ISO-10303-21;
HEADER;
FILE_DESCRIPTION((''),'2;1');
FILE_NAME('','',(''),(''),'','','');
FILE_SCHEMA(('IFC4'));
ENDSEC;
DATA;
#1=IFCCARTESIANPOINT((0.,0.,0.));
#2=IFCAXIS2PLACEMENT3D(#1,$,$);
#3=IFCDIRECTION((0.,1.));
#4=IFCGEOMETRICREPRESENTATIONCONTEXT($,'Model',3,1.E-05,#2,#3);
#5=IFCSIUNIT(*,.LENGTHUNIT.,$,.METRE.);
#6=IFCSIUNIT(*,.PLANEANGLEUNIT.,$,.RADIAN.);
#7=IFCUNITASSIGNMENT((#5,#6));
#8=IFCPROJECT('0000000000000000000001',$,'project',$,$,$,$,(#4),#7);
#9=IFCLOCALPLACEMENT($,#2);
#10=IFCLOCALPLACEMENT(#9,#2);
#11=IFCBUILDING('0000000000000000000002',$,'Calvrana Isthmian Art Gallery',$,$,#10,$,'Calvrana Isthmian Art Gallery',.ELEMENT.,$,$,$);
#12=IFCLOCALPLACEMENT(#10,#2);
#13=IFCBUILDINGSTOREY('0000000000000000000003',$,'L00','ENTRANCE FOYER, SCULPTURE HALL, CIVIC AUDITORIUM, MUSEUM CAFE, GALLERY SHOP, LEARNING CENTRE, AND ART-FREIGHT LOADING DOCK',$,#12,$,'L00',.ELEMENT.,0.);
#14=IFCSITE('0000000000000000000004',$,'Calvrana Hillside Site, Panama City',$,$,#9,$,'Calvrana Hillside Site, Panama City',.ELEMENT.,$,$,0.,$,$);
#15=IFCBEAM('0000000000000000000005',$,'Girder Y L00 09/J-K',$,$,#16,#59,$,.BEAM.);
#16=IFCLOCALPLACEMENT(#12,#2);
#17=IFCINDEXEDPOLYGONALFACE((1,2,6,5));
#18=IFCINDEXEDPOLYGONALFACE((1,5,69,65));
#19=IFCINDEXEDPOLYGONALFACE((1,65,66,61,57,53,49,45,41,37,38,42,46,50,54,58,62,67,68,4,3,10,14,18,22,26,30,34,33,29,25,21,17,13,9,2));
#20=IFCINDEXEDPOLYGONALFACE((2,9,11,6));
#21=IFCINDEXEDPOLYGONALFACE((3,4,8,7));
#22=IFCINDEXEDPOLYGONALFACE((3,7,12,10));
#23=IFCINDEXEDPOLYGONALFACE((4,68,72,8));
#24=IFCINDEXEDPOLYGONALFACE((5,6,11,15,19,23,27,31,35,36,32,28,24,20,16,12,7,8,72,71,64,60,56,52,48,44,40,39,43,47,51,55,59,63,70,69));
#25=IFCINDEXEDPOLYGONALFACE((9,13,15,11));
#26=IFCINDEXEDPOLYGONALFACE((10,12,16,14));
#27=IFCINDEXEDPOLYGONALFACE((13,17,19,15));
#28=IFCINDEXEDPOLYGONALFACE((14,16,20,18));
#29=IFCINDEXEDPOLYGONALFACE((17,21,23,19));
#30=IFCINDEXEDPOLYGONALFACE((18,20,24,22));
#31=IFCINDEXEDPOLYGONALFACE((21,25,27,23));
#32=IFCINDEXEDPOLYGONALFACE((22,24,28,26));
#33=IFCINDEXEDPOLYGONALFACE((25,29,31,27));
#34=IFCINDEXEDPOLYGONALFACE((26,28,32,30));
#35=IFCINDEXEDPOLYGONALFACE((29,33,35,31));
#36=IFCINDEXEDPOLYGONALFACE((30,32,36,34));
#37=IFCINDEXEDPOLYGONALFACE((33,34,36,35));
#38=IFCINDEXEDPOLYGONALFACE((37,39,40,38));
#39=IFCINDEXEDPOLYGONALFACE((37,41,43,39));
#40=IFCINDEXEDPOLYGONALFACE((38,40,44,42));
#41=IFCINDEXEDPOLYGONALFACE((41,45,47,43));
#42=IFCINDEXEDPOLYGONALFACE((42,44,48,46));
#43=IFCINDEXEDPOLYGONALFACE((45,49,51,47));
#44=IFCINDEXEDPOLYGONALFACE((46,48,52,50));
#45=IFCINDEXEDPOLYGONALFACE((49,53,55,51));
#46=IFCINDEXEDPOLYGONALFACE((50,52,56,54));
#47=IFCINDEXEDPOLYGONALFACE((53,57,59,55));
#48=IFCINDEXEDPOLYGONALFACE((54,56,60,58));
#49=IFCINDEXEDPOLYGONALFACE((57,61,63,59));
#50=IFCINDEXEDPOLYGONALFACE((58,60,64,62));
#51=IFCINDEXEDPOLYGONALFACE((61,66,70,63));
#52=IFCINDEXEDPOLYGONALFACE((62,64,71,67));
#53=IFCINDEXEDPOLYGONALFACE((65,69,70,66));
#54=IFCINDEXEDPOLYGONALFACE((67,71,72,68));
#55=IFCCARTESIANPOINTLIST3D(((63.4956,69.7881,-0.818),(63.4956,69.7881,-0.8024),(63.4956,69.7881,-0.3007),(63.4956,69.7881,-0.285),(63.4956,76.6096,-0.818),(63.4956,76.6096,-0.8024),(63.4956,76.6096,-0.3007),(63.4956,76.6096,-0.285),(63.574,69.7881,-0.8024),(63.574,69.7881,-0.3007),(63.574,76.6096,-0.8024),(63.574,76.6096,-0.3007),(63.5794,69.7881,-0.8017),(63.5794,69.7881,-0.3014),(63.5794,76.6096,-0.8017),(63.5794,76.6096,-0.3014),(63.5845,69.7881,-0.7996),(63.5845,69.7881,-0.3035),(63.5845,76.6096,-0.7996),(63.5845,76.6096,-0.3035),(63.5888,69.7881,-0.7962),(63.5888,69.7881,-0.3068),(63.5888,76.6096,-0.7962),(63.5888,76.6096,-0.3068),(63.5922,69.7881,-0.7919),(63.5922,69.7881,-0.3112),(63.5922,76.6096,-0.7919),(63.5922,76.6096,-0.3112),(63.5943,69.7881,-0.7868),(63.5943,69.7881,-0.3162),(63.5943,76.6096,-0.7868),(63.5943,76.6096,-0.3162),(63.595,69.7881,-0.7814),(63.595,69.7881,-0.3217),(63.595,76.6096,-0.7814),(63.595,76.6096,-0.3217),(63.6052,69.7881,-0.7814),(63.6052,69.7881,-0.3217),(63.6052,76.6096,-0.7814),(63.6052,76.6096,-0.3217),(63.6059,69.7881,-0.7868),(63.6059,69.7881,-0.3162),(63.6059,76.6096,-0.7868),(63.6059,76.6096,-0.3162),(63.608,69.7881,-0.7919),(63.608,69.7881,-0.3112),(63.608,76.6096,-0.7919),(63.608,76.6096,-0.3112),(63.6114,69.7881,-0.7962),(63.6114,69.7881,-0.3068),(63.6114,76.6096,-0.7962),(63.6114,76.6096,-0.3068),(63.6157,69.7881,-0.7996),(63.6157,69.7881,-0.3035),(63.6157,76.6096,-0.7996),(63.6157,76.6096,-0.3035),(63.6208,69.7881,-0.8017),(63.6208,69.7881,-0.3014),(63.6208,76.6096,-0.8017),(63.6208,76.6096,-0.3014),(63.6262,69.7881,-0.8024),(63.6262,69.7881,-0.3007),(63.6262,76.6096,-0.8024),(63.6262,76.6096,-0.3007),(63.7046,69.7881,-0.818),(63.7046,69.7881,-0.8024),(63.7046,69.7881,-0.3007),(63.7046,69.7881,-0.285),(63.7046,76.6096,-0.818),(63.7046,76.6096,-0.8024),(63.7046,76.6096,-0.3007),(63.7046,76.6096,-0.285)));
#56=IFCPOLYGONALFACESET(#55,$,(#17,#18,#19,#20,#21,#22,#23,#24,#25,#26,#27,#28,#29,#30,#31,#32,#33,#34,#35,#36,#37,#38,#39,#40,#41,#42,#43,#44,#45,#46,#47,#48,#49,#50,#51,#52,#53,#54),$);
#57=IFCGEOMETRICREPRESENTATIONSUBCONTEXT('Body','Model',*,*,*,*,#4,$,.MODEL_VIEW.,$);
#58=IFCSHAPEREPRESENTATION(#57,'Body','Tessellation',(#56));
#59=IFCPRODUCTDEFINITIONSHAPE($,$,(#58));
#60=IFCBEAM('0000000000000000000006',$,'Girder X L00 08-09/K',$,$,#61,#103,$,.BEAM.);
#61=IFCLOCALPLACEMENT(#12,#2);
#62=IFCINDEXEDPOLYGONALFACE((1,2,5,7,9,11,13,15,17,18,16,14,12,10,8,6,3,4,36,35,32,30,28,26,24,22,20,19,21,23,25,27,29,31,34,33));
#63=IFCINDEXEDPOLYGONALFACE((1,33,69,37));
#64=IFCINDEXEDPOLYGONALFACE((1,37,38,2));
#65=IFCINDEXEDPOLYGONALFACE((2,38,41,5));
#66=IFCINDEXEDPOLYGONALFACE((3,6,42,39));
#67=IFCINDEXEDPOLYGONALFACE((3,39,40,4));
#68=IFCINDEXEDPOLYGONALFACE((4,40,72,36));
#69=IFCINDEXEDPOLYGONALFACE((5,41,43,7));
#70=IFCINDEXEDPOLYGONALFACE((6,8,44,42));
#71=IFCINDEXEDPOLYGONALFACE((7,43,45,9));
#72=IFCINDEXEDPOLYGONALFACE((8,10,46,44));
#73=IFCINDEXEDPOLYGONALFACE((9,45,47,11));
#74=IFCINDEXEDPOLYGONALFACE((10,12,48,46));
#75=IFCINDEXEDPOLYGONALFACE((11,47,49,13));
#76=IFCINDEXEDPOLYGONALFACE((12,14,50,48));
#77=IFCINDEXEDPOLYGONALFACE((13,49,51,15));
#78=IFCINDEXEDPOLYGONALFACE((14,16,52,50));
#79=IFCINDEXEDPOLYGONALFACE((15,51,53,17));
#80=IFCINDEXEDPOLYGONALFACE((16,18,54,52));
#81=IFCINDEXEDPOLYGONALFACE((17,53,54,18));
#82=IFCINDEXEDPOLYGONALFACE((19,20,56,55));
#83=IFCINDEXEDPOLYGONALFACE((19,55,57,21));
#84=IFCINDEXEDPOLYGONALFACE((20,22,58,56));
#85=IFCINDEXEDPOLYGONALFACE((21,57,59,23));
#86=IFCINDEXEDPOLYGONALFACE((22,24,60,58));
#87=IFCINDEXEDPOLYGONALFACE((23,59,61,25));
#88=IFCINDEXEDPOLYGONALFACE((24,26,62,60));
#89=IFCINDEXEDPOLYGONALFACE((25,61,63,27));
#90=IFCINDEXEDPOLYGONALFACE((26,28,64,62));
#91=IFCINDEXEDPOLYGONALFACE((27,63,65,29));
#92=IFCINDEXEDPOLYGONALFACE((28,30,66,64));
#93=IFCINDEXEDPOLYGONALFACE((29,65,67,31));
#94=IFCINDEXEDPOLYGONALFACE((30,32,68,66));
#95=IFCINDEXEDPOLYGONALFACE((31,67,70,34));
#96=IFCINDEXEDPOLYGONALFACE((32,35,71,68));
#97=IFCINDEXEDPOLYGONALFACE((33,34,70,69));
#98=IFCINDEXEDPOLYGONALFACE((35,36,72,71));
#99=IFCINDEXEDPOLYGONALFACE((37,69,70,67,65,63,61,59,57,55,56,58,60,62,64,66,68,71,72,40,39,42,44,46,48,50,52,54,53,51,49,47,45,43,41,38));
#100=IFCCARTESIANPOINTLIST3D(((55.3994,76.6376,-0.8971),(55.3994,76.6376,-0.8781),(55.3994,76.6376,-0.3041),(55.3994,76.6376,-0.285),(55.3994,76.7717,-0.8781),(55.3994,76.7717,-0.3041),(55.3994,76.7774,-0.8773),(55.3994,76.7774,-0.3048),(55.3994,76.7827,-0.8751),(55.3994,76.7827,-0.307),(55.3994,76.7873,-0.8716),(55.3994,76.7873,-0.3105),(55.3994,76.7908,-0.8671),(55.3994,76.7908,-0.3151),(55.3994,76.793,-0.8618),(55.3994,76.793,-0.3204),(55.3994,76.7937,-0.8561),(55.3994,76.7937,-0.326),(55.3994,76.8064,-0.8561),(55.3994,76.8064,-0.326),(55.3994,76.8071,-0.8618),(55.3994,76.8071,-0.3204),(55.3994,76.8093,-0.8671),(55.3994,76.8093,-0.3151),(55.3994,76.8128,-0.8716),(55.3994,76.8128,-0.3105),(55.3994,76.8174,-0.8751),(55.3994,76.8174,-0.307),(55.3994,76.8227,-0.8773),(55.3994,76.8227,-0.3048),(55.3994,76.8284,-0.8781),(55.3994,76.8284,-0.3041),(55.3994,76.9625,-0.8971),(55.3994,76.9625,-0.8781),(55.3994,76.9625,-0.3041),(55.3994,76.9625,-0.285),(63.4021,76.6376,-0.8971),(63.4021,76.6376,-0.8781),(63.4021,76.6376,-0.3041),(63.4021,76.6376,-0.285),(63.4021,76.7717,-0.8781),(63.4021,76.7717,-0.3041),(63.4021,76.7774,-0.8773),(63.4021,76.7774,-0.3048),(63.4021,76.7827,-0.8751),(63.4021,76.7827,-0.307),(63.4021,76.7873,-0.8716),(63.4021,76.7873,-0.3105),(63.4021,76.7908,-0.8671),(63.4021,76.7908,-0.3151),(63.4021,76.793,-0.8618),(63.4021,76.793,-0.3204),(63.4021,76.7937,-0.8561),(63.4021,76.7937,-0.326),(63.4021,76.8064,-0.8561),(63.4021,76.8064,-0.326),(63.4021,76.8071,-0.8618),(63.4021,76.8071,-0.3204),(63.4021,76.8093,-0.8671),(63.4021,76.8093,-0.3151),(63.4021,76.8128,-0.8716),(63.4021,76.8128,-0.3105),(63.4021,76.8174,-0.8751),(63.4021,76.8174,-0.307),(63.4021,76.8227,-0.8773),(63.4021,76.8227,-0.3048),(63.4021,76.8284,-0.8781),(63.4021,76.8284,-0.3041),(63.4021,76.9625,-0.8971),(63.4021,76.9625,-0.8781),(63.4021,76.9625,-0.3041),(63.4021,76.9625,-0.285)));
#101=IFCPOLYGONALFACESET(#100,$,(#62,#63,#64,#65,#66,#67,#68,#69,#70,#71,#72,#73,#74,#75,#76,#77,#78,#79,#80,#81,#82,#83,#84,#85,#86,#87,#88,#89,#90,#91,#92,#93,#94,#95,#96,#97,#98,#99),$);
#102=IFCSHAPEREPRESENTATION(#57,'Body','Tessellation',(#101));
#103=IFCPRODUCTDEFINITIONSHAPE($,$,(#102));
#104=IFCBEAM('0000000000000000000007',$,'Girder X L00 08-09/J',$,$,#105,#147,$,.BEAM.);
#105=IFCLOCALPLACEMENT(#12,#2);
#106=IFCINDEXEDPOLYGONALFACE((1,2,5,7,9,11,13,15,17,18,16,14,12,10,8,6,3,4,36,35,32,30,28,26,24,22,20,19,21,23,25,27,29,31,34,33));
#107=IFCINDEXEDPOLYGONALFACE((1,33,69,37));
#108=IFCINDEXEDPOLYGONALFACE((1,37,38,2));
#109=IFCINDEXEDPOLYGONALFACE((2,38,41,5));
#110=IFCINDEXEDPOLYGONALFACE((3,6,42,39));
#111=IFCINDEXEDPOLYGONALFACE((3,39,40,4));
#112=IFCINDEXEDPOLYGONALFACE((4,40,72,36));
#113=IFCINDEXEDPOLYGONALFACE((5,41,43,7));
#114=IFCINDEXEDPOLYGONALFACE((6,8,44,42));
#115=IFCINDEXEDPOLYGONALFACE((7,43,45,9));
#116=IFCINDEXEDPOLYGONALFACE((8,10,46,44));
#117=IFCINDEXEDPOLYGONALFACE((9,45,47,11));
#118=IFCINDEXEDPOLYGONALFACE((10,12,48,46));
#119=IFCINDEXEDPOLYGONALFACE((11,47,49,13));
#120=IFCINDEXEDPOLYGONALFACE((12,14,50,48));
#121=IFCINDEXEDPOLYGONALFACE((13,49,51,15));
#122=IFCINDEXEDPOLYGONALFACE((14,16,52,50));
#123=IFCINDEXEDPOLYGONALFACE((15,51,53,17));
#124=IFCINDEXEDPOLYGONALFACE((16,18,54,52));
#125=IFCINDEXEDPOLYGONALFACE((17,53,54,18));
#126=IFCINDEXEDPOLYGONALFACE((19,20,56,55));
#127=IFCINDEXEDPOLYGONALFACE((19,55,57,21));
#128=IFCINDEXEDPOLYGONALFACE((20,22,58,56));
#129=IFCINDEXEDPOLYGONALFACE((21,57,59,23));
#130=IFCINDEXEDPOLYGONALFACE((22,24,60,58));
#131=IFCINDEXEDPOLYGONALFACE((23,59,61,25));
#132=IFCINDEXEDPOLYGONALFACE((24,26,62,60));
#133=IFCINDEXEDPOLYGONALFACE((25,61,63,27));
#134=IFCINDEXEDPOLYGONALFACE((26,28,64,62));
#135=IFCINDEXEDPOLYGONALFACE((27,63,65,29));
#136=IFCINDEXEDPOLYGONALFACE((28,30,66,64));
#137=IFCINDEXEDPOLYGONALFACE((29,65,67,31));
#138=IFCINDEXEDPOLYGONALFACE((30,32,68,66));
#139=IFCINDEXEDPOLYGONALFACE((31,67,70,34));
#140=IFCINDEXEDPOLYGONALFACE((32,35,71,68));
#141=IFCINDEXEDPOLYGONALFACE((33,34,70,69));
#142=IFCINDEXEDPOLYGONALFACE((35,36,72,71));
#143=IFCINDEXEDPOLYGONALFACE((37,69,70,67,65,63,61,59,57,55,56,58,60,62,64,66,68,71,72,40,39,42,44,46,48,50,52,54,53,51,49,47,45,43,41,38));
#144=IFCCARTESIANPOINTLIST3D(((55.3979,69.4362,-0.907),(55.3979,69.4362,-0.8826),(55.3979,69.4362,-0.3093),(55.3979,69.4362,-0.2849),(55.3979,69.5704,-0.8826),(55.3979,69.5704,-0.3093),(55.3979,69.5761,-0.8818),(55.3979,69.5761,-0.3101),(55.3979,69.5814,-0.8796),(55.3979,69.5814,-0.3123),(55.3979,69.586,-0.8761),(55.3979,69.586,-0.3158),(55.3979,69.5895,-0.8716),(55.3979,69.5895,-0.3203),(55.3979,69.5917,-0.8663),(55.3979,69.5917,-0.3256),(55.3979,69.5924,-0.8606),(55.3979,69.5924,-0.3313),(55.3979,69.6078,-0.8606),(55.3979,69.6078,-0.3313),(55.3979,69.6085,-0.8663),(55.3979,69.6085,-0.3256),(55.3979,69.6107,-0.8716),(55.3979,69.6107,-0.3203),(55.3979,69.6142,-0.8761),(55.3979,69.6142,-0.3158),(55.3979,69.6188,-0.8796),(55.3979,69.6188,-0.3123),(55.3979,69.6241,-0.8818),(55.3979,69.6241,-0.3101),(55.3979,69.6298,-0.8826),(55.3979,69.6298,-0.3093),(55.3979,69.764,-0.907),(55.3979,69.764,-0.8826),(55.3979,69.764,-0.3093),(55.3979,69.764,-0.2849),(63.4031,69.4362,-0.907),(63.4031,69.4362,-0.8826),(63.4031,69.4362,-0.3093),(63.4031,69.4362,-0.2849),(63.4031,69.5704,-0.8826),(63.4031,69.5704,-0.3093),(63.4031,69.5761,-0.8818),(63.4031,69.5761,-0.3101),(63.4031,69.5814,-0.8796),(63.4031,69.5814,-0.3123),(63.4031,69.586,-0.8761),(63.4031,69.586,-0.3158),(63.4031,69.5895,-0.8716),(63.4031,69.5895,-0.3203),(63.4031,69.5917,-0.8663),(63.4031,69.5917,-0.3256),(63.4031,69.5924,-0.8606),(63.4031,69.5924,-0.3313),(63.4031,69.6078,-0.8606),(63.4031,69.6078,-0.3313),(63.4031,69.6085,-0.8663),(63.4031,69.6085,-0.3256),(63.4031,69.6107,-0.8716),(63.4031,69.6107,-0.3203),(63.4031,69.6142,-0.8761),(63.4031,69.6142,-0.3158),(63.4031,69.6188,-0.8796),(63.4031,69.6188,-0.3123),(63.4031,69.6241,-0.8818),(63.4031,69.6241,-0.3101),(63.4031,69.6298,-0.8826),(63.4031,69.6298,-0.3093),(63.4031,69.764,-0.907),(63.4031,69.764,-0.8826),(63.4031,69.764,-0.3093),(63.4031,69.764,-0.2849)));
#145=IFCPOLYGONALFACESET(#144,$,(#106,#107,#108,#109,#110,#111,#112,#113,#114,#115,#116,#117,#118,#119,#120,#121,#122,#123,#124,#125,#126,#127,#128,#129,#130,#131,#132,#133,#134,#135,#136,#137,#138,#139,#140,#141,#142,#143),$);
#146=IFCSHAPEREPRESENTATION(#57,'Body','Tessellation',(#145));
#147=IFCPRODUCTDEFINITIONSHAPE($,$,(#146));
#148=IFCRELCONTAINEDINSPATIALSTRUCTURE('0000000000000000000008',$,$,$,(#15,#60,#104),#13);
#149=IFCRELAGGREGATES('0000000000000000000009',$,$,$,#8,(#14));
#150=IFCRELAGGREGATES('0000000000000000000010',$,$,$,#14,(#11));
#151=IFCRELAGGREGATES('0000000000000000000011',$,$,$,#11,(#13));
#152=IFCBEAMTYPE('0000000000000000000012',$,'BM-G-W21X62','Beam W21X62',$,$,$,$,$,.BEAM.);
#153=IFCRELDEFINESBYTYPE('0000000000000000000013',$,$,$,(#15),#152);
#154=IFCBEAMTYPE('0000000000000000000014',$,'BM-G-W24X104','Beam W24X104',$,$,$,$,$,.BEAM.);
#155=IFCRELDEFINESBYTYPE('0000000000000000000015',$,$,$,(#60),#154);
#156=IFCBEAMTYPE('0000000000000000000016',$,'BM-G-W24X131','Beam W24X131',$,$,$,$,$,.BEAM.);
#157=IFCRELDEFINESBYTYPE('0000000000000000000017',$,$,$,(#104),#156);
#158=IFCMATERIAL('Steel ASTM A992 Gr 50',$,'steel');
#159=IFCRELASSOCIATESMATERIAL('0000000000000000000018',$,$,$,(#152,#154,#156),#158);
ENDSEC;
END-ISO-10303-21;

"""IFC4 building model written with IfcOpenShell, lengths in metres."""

from ifc_helpers import new_model, si_unit, direction, frame, origin, origin_2d, place, context, subcontext, project, spatial, i_section, extrude, material, material_profile, profile_set, type_object, element, save


model = new_model("IFC4")

# Units and contexts
model_context = context("Model", 3, precision=1e-05, world=origin(), true_north=direction((0.0, 1.0)))
body_context = subcontext(model_context, "Body", "Model", "MODEL_VIEW")
ifc_project = project(units=[si_unit("LENGTHUNIT", "METRE"), si_unit("PLANEANGLEUNIT", "RADIAN")], contexts=[model_context])

# Site, building, storey
site_placement = place(None, origin())
site = spatial("IfcSite", under=ifc_project, at=site_placement, Name="Calvrana Hillside Site, Panama City", LongName="Calvrana Hillside Site, Panama City", CompositionType="ELEMENT", RefElevation=0.0)
building_placement = place(site_placement, origin())
building = spatial("IfcBuilding", under=site, at=building_placement, Name="Calvrana Isthmian Art Gallery", LongName="Calvrana Isthmian Art Gallery", CompositionType="ELEMENT")
storey_placement = place(building_placement, origin())
storey = spatial("IfcBuildingStorey", under=building, at=storey_placement, Name="L00", Description="ENTRANCE FOYER, SCULPTURE HALL, CIVIC AUDITORIUM, MUSEUM CAFE, GALLERY SHOP, LEARNING CENTRE, AND ART-FREIGHT LOADING DOCK", LongName="L00", CompositionType="ELEMENT", Elevation=0.0)

# Shared definitions
ifc_material_1 = material(Name="Steel ASTM A992 Gr 50", Category="steel")

# Beams
ifc_material_profile_1 = material_profile(ifc_material_1, i_section(OverallWidth=0.209, OverallDepth=0.533, WebThickness=0.0103, FlangeThickness=0.0156, FilletRadius=0.021, at=origin_2d()), Name="W21X62")
ifc_profile_set_1 = profile_set([ifc_material_profile_1], Name="Steel ASTM A992 Gr 50")
beam_type_1 = type_object("IfcBeamType", Name="BM-G-W21X62", Description="Beam W21X62", PredefinedType="BEAM", material=ifc_profile_set_1)
beam_1_placement = place(storey_placement, frame((63.6001, 69.7881, -0.5515), z_axis=(0.0, 1.0, 0.0), x_axis=(-1.0, 0.0, 0.0)))
element("IfcBeam", 1, at=beam_1_placement, inside=storey, type_object=beam_type_1, Name="Girder Y L00 09/J-K", PredefinedType="BEAM", context=body_context, shape_type="SweptSolid", body=[
    extrude(i_section(OverallWidth=0.209, OverallDepth=0.533, WebThickness=0.0103, FlangeThickness=0.0156, FilletRadius=0.021, at=origin_2d()), origin(), (0.0, 0.0, 1.0), 6.8215),
])
ifc_material_profile_2 = material_profile(ifc_material_1, i_section(OverallWidth=0.325, OverallDepth=0.6121, WebThickness=0.0127, FlangeThickness=0.019, FilletRadius=0.022, at=origin_2d()), Name="W24X104")
ifc_profile_set_2 = profile_set([ifc_material_profile_2], Name="Steel ASTM A992 Gr 50")
beam_type_2 = type_object("IfcBeamType", Name="BM-G-W24X104", Description="Beam W24X104", PredefinedType="BEAM", material=ifc_profile_set_2)
beam_2_placement = place(storey_placement, frame((55.3994, 76.8, -0.5911), z_axis=(1.0, 0.0, 0.0), x_axis=(0.0, 1.0, 0.0)))
element("IfcBeam", 2, at=beam_2_placement, inside=storey, type_object=beam_type_2, Name="Girder X L00 08-09/K", PredefinedType="BEAM", context=body_context, shape_type="SweptSolid", body=[
    extrude(i_section(OverallWidth=0.325, OverallDepth=0.6121, WebThickness=0.0127, FlangeThickness=0.019, FilletRadius=0.022, at=origin_2d()), origin(), (0.0, 0.0, 1.0), 8.0027),
])
ifc_material_profile_3 = material_profile(ifc_material_1, i_section(OverallWidth=0.3279, OverallDepth=0.6221, WebThickness=0.0154, FlangeThickness=0.0244, FilletRadius=0.022, at=origin_2d()), Name="W24X131")
ifc_profile_set_3 = profile_set([ifc_material_profile_3], Name="Steel ASTM A992 Gr 50")
beam_type_3 = type_object("IfcBeamType", Name="BM-G-W24X131", Description="Beam W24X131", PredefinedType="BEAM", material=ifc_profile_set_3)
beam_3_placement = place(storey_placement, frame((55.3979, 69.6001, -0.5959), z_axis=(1.0, 0.0, 0.0), x_axis=(0.0, 1.0, 0.0)))
element("IfcBeam", 3, at=beam_3_placement, inside=storey, type_object=beam_type_3, Name="Girder X L00 08-09/J", PredefinedType="BEAM", context=body_context, shape_type="SweptSolid", body=[
    extrude(i_section(OverallWidth=0.3279, OverallDepth=0.6221, WebThickness=0.0154, FlangeThickness=0.0244, FilletRadius=0.022, at=origin_2d()), origin(), (0.0, 0.0, 1.0), 8.0051),
])

save(model, "model.ifc")
